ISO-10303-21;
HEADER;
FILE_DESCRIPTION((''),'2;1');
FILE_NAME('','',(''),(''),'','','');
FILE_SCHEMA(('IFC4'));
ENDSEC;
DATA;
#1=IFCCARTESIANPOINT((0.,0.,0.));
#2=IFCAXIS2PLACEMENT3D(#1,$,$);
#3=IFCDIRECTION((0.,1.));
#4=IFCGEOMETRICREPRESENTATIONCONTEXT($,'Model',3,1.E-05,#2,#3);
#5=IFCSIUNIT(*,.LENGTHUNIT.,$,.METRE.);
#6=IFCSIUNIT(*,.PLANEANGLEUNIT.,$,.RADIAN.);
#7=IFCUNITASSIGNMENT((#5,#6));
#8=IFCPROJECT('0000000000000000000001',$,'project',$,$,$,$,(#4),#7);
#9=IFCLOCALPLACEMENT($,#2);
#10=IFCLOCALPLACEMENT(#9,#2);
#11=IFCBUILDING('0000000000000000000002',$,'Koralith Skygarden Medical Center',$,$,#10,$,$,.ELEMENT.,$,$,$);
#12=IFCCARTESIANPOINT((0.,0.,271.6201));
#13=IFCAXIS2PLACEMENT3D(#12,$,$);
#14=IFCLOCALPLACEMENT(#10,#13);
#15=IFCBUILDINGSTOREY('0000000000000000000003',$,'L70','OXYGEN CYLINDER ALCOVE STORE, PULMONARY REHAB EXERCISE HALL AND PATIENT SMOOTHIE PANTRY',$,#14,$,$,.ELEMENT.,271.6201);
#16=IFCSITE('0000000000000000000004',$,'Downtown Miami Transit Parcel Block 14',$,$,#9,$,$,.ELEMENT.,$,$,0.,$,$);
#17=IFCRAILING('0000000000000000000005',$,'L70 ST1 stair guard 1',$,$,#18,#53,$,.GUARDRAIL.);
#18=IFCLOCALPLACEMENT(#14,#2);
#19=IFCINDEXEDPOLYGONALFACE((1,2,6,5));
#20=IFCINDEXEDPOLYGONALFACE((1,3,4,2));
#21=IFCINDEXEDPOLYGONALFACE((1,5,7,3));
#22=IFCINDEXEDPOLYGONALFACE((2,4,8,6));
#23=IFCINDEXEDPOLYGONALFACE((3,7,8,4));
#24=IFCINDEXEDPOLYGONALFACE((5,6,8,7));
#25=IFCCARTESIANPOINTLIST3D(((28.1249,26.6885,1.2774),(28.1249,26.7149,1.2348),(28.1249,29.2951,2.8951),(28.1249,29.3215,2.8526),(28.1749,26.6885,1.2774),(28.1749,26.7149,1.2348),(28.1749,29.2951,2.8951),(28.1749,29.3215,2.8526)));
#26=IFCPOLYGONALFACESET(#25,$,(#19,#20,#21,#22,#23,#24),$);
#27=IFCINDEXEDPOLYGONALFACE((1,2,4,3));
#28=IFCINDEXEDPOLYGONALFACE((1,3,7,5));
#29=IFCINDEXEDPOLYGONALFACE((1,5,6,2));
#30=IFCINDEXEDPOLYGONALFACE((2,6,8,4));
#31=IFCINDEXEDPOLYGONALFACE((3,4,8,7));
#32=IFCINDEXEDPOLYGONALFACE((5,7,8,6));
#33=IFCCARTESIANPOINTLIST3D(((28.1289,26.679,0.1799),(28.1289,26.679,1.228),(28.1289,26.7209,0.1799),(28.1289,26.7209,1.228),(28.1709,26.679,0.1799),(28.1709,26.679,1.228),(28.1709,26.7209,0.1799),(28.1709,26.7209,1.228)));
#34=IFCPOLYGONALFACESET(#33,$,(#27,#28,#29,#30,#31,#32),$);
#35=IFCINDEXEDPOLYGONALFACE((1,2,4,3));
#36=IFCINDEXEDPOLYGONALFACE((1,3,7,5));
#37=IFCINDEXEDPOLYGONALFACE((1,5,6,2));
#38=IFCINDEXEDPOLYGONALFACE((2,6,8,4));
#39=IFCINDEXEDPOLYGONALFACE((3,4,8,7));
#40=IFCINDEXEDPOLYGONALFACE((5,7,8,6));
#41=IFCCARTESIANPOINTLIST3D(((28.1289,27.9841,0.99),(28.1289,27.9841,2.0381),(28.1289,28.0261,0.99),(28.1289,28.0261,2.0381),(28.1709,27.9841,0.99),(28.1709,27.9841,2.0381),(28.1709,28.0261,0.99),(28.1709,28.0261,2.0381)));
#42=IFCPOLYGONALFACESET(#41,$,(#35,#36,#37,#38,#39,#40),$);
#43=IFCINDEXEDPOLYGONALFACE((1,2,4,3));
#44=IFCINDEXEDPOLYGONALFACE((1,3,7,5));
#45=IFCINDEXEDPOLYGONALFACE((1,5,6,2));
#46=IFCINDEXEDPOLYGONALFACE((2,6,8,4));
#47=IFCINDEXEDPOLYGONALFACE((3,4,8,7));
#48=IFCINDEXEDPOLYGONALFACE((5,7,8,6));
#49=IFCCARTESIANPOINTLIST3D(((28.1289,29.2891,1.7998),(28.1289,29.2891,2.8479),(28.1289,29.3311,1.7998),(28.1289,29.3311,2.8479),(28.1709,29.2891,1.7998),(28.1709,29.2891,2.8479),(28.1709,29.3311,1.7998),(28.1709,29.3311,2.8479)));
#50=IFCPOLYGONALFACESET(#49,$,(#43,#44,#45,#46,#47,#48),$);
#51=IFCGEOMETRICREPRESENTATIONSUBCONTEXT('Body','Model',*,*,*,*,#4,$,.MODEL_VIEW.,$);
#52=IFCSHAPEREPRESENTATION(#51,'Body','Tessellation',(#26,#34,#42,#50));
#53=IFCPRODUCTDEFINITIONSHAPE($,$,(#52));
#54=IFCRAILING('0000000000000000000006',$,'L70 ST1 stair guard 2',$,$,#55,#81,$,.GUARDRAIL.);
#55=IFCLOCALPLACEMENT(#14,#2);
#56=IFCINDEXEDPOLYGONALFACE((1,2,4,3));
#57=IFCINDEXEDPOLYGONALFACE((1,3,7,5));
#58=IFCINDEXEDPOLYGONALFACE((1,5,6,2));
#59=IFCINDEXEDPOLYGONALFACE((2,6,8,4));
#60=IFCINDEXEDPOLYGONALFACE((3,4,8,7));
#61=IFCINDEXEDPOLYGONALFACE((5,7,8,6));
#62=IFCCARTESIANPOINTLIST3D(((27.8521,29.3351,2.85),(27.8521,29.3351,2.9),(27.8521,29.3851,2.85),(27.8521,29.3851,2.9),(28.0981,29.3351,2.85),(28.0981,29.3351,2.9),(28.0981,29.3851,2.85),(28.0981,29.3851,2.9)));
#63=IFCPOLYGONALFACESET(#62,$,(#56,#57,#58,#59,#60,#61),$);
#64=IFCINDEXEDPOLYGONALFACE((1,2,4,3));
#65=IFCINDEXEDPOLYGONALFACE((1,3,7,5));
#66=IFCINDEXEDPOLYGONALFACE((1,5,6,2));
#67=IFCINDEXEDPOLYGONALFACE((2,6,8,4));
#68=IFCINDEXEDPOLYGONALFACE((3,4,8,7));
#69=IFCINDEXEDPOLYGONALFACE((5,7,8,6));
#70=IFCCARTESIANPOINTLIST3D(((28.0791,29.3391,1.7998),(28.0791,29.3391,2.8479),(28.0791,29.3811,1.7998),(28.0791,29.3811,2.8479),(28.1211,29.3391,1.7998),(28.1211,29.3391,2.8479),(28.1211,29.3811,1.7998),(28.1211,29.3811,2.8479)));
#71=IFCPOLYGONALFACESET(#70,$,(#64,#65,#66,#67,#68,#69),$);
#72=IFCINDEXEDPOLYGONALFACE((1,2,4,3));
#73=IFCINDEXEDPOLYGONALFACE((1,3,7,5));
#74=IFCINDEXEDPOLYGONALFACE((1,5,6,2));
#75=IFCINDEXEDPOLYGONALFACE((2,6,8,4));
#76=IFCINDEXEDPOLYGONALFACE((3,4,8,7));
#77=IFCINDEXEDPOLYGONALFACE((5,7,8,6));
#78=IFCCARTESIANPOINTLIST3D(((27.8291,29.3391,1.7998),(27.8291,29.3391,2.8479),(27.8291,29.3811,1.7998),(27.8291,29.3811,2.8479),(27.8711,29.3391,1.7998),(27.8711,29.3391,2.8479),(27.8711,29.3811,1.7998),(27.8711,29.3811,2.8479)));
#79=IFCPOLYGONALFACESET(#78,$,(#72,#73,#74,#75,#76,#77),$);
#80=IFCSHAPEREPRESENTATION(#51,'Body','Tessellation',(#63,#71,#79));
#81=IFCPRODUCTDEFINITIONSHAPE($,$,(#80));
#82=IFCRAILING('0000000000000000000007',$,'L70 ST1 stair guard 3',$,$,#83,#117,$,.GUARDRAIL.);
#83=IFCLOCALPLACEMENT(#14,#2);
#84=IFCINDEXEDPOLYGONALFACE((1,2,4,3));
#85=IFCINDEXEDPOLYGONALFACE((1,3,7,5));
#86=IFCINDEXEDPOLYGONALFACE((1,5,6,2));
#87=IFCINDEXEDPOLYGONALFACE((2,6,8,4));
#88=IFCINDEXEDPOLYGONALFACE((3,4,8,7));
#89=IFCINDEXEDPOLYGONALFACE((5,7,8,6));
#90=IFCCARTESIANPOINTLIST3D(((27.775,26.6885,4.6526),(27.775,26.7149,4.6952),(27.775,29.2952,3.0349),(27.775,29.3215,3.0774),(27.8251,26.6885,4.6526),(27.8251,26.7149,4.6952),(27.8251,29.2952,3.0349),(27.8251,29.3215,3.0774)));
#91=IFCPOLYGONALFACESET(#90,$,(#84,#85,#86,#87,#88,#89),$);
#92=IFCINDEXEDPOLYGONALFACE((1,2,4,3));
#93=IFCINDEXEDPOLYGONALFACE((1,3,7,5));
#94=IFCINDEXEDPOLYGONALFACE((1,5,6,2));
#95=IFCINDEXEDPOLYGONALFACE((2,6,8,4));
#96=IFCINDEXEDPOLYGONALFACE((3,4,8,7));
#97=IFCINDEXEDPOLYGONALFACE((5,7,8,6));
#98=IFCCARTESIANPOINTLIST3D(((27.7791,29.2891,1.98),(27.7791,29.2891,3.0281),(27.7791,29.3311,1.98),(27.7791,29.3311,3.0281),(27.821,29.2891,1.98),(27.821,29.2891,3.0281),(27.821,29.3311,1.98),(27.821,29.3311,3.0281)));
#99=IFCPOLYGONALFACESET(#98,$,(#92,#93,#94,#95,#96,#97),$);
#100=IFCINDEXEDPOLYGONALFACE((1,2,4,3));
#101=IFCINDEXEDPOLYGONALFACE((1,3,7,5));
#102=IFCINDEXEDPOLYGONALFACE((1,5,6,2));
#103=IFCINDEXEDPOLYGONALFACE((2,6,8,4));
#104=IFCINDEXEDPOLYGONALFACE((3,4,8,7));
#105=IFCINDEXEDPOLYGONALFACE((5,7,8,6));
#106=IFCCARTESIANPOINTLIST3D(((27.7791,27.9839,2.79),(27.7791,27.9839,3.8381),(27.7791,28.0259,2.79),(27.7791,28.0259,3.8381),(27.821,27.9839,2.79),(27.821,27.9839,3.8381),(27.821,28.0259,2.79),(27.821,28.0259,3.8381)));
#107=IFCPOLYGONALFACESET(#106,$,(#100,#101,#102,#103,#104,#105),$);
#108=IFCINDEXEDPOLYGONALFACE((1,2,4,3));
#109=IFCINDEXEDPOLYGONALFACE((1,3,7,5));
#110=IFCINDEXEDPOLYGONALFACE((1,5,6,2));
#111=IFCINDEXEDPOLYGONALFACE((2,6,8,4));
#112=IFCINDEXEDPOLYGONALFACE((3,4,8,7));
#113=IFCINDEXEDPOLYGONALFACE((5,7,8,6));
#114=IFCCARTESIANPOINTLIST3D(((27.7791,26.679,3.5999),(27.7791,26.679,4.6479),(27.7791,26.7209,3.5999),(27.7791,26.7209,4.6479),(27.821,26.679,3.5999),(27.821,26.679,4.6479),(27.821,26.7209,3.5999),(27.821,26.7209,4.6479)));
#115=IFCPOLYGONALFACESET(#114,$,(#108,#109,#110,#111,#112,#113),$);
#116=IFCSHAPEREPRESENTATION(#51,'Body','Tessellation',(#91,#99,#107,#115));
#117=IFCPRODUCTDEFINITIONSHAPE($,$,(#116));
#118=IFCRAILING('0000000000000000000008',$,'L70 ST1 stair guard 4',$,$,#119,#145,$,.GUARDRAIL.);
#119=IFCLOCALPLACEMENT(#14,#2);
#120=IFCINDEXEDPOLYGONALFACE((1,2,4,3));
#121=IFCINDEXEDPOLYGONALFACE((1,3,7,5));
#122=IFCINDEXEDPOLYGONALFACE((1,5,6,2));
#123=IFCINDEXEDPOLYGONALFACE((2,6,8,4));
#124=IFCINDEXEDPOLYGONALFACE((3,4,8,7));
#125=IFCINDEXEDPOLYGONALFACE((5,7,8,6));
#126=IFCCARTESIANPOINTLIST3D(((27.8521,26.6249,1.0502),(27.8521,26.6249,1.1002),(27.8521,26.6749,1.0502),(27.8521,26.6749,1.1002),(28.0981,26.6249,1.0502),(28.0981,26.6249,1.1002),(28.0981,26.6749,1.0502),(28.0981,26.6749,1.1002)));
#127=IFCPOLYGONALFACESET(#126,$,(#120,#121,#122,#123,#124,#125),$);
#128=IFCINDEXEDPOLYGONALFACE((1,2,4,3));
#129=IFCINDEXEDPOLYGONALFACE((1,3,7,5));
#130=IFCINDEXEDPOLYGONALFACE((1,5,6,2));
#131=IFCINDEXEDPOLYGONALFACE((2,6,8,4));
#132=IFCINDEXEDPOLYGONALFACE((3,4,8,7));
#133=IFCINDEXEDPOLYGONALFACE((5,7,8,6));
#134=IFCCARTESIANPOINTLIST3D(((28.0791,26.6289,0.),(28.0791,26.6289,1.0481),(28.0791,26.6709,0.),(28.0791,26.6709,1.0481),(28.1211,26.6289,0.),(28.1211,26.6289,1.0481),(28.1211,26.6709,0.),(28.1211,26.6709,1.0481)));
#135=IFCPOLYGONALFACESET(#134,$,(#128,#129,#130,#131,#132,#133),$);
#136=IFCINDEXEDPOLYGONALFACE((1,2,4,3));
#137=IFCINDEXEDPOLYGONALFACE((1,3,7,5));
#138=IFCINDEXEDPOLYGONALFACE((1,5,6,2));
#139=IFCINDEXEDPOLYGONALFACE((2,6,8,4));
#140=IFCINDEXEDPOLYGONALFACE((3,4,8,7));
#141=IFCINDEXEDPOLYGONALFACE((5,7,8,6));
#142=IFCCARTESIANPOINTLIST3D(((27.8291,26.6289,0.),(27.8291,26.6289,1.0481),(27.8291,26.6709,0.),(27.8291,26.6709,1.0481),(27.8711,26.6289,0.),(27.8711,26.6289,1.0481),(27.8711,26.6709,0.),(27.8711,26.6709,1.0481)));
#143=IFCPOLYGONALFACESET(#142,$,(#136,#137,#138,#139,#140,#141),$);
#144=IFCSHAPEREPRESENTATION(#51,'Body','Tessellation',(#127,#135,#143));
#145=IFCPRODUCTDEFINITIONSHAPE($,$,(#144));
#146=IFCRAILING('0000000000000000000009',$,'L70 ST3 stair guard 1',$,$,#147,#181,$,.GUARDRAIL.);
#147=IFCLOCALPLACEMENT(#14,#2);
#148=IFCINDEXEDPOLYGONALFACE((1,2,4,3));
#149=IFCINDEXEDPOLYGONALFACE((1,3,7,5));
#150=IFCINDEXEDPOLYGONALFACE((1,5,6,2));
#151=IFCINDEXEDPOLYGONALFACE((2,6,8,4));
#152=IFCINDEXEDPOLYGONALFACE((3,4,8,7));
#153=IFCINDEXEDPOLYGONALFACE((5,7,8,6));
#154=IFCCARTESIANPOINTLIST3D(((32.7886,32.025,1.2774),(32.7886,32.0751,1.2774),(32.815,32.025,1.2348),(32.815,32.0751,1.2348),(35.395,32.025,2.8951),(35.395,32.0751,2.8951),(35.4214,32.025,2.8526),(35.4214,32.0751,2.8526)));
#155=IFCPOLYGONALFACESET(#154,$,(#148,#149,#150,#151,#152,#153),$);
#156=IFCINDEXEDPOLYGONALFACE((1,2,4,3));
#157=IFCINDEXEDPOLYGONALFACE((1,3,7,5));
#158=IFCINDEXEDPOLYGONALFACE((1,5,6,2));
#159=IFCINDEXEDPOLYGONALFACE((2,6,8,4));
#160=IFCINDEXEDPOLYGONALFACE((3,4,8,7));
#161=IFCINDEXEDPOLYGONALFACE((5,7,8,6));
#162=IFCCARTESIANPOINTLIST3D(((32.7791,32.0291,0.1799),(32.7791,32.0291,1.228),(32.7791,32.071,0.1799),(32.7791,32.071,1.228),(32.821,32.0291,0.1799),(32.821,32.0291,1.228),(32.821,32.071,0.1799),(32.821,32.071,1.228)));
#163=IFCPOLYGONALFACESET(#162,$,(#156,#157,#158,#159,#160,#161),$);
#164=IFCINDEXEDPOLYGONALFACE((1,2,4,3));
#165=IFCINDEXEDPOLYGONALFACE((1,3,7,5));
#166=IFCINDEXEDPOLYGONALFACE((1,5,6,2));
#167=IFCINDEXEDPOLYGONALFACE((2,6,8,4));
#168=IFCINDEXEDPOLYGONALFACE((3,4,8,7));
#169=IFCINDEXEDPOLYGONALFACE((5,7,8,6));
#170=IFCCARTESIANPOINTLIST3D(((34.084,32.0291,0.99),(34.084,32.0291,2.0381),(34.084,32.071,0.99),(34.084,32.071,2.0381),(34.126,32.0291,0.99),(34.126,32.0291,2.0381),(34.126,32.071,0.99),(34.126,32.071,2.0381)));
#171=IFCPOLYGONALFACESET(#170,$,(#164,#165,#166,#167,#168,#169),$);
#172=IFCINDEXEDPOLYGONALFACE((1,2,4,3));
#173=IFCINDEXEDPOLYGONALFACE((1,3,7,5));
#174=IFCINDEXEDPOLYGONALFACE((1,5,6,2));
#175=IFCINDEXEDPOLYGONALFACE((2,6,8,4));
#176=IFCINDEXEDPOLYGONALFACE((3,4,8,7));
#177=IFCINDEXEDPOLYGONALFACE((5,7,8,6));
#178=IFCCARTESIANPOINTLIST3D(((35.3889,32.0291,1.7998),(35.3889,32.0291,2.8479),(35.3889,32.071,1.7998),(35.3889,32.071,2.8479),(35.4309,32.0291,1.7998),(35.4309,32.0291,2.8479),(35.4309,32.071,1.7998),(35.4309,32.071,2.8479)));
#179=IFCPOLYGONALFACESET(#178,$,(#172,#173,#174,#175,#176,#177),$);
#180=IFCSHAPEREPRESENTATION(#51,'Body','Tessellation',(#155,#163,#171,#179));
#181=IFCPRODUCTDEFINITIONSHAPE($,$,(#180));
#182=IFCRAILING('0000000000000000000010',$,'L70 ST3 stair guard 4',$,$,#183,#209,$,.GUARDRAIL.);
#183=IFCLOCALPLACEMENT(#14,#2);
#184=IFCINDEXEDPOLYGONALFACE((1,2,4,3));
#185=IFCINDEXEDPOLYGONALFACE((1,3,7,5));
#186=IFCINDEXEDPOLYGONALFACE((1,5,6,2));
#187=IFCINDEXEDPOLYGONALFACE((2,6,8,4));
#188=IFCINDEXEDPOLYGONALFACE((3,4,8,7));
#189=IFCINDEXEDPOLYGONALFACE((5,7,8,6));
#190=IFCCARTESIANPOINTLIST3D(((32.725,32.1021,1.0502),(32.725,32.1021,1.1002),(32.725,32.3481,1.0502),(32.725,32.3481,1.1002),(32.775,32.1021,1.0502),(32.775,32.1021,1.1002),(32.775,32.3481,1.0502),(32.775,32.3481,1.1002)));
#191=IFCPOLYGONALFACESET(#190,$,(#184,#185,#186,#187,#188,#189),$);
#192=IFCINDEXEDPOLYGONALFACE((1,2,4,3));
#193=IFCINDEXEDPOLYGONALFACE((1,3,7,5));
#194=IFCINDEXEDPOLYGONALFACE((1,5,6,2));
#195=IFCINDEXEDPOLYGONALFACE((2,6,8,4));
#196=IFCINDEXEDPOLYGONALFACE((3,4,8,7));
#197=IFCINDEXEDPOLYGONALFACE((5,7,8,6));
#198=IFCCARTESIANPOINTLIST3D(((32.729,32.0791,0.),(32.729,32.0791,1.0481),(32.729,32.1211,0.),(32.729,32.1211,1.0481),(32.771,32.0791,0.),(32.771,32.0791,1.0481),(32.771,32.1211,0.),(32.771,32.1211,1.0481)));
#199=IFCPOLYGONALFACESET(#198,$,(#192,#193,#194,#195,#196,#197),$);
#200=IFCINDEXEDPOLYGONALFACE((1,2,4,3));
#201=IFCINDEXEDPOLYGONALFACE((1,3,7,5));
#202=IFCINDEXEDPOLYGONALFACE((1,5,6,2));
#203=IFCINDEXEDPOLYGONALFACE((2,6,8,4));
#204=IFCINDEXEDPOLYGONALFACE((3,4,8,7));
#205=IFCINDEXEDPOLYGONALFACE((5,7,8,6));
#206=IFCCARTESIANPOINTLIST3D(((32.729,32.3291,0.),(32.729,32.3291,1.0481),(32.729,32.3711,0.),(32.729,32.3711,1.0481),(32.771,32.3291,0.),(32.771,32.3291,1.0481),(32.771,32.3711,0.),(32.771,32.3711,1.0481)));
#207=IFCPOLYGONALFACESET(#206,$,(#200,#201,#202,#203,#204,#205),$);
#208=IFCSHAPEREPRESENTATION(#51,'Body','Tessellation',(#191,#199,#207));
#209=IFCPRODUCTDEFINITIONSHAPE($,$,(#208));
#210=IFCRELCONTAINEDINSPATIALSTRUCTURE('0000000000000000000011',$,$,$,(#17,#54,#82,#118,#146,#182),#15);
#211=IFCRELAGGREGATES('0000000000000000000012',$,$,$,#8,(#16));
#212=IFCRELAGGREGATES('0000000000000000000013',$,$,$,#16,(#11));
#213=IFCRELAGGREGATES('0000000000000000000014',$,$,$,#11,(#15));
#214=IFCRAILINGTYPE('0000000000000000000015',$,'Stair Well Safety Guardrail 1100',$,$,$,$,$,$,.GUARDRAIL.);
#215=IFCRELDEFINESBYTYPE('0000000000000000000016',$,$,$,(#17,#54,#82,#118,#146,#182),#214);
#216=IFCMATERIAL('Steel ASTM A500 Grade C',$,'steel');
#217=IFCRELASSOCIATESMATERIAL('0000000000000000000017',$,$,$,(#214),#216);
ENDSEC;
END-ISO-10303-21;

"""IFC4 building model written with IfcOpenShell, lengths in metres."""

from ifc_helpers import new_model, si_unit, direction, frame, origin, origin_2d, place, context, subcontext, project, spatial, rectangle, extrude, material, type_object, element, save


model = new_model("IFC4")

# Units and contexts
model_context = context("Model", 3, precision=1e-05, world=origin(), true_north=direction((0.0, 1.0)))
body_context = subcontext(model_context, "Body", "Model", "MODEL_VIEW")
ifc_project = project(units=[si_unit("LENGTHUNIT", "METRE"), si_unit("PLANEANGLEUNIT", "RADIAN")], contexts=[model_context])

# Site, building, storey
site_placement = place(None, origin())
site = spatial("IfcSite", under=ifc_project, at=site_placement, Name="Downtown Miami Transit Parcel Block 14", CompositionType="ELEMENT", RefElevation=0.0)
building_placement = place(site_placement, origin())
building = spatial("IfcBuilding", under=site, at=building_placement, Name="Koralith Skygarden Medical Center", CompositionType="ELEMENT")
storey_placement = place(building_placement, frame((0.0, 0.0, 271.6201)))
storey = spatial("IfcBuildingStorey", under=building, at=storey_placement, Name="L70", Description="OXYGEN CYLINDER ALCOVE STORE, PULMONARY REHAB EXERCISE HALL AND PATIENT SMOOTHIE PANTRY", CompositionType="ELEMENT", Elevation=271.6201)

# Railings
ifc_material_1 = material(Name="Steel ASTM A500 Grade C", Category="steel")
railing_type_1 = type_object("IfcRailingType", Name="Stair Well Safety Guardrail 1100", PredefinedType="GUARDRAIL", material=ifc_material_1)
railing_1_placement = place(storey_placement, frame((28.1499, 26.7, 0.1799)))
element("IfcRailing", 1, at=railing_1_placement, inside=storey, type_object=railing_type_1, Name="L70 ST1 stair guard 1", PredefinedType="GUARDRAIL", context=body_context, shape_type="SweptSolid", body=[
    extrude(rectangle(XDim=0.05, YDim=0.05, at=origin_2d()), frame((0.0, 0.0017, 1.0762), z_axis=(0.0, 0.849668, 0.527317), x_axis=(-1.0, 0.0, 0.0)), (0.0, 0.0, 1.0), 3.0679),
    extrude(rectangle(XDim=0.042, YDim=0.042, at=origin_2d()), origin(), (0.0, 0.0, 1.0), 1.0481),
    extrude(rectangle(XDim=0.042, YDim=0.042, at=origin_2d()), frame((0.0, 1.3052, 0.8101)), (0.0, 0.0, 1.0), 1.0481),
    extrude(rectangle(XDim=0.042, YDim=0.042, at=origin_2d()), frame((0.0, 2.6101, 1.6199)), (0.0, 0.0, 1.0), 1.0481),
])
railing_2_placement = place(storey_placement, frame((28.1001, 29.3601, 1.7998)))
element("IfcRailing", 2, at=railing_2_placement, inside=storey, type_object=railing_type_1, Name="L70 ST1 stair guard 2", PredefinedType="GUARDRAIL", context=body_context, shape_type="SweptSolid", body=[
    extrude(rectangle(XDim=0.05, YDim=0.05, at=origin_2d()), frame((-0.002, 0.0, 1.0752), z_axis=(-1.0, 0.0, 0.0), x_axis=(0.0, -1.0, 0.0)), (0.0, 0.0, 1.0), 0.2461),
    extrude(rectangle(XDim=0.042, YDim=0.042, at=origin_2d()), origin(), (0.0, 0.0, 1.0), 1.0481),
    extrude(rectangle(XDim=0.042, YDim=0.042, at=origin_2d()), frame((-0.25, 0.0, 0.0)), (0.0, 0.0, 1.0), 1.0481),
])
railing_3_placement = place(storey_placement, frame((27.8, 29.3101, 1.98)))
element("IfcRailing", 3, at=railing_3_placement, inside=storey, type_object=railing_type_1, Name="L70 ST1 stair guard 3", PredefinedType="GUARDRAIL", context=body_context, shape_type="SweptSolid", body=[
    extrude(rectangle(XDim=0.05, YDim=0.05, at=origin_2d()), frame((0.0, -0.0017, 1.0762), z_axis=(0.0, -0.849668, 0.527317), x_axis=(1.0, 0.0, 0.0)), (0.0, 0.0, 1.0), 3.0679),
    extrude(rectangle(XDim=0.042, YDim=0.042, at=origin_2d()), origin(), (0.0, 0.0, 1.0), 1.0481),
    extrude(rectangle(XDim=0.042, YDim=0.042, at=origin_2d()), frame((0.0, -1.3052, 0.8101)), (0.0, 0.0, 1.0), 1.0481),
    extrude(rectangle(XDim=0.042, YDim=0.042, at=origin_2d()), frame((0.0, -2.6101, 1.6199)), (0.0, 0.0, 1.0), 1.0481),
])
railing_4_placement = place(storey_placement, frame((28.1001, 26.6499, 0.0)))
element("IfcRailing", 4, at=railing_4_placement, inside=storey, type_object=railing_type_1, Name="L70 ST1 stair guard 4", PredefinedType="GUARDRAIL", context=body_context, shape_type="SweptSolid", body=[
    extrude(rectangle(XDim=0.05, YDim=0.05, at=origin_2d()), frame((-0.002, 0.0, 1.0752), z_axis=(-1.0, 0.0, 0.0), x_axis=(0.0, -1.0, 0.0)), (0.0, 0.0, 1.0), 0.2461),
    extrude(rectangle(XDim=0.042, YDim=0.042, at=origin_2d()), origin(), (0.0, 0.0, 1.0), 1.0481),
    extrude(rectangle(XDim=0.042, YDim=0.042, at=origin_2d()), frame((-0.25, 0.0, 0.0)), (0.0, 0.0, 1.0), 1.0481),
])
railing_5_placement = place(storey_placement, frame((32.8, 32.05, 0.1799)))
element("IfcRailing", 5, at=railing_5_placement, inside=storey, type_object=railing_type_1, Name="L70 ST3 stair guard 1", PredefinedType="GUARDRAIL", context=body_context, shape_type="SweptSolid", body=[
    extrude(rectangle(XDim=0.05, YDim=0.05, at=origin_2d()), frame((0.0017, 0.0, 1.0762), z_axis=(0.849646, 0.0, 0.527353), x_axis=(0.0, 1.0, 0.0)), (0.0, 0.0, 1.0), 3.0676),
    extrude(rectangle(XDim=0.042, YDim=0.042, at=origin_2d()), origin(), (0.0, 0.0, 1.0), 1.0481),
    extrude(rectangle(XDim=0.042, YDim=0.042, at=origin_2d()), frame((1.3049, 0.0, 0.8101)), (0.0, 0.0, 1.0), 1.0481),
    extrude(rectangle(XDim=0.042, YDim=0.042, at=origin_2d()), frame((2.6099, 0.0, 1.6199)), (0.0, 0.0, 1.0), 1.0481),
])
railing_6_placement = place(storey_placement, frame((32.75, 32.1001, 0.0)))
element("IfcRailing", 6, at=railing_6_placement, inside=storey, type_object=railing_type_1, Name="L70 ST3 stair guard 4", PredefinedType="GUARDRAIL", context=body_context, shape_type="SweptSolid", body=[
    extrude(rectangle(XDim=0.05, YDim=0.05, at=origin_2d()), frame((0.0, 0.002, 1.0752), z_axis=(0.0, 1.0, 0.0), x_axis=(-1.0, 0.0, 0.0)), (0.0, 0.0, 1.0), 0.2461),
    extrude(rectangle(XDim=0.042, YDim=0.042, at=origin_2d()), origin(), (0.0, 0.0, 1.0), 1.0481),
    extrude(rectangle(XDim=0.042, YDim=0.042, at=origin_2d()), frame((0.0, 0.25, 0.0)), (0.0, 0.0, 1.0), 1.0481),
])

save(model, "model.ifc")
